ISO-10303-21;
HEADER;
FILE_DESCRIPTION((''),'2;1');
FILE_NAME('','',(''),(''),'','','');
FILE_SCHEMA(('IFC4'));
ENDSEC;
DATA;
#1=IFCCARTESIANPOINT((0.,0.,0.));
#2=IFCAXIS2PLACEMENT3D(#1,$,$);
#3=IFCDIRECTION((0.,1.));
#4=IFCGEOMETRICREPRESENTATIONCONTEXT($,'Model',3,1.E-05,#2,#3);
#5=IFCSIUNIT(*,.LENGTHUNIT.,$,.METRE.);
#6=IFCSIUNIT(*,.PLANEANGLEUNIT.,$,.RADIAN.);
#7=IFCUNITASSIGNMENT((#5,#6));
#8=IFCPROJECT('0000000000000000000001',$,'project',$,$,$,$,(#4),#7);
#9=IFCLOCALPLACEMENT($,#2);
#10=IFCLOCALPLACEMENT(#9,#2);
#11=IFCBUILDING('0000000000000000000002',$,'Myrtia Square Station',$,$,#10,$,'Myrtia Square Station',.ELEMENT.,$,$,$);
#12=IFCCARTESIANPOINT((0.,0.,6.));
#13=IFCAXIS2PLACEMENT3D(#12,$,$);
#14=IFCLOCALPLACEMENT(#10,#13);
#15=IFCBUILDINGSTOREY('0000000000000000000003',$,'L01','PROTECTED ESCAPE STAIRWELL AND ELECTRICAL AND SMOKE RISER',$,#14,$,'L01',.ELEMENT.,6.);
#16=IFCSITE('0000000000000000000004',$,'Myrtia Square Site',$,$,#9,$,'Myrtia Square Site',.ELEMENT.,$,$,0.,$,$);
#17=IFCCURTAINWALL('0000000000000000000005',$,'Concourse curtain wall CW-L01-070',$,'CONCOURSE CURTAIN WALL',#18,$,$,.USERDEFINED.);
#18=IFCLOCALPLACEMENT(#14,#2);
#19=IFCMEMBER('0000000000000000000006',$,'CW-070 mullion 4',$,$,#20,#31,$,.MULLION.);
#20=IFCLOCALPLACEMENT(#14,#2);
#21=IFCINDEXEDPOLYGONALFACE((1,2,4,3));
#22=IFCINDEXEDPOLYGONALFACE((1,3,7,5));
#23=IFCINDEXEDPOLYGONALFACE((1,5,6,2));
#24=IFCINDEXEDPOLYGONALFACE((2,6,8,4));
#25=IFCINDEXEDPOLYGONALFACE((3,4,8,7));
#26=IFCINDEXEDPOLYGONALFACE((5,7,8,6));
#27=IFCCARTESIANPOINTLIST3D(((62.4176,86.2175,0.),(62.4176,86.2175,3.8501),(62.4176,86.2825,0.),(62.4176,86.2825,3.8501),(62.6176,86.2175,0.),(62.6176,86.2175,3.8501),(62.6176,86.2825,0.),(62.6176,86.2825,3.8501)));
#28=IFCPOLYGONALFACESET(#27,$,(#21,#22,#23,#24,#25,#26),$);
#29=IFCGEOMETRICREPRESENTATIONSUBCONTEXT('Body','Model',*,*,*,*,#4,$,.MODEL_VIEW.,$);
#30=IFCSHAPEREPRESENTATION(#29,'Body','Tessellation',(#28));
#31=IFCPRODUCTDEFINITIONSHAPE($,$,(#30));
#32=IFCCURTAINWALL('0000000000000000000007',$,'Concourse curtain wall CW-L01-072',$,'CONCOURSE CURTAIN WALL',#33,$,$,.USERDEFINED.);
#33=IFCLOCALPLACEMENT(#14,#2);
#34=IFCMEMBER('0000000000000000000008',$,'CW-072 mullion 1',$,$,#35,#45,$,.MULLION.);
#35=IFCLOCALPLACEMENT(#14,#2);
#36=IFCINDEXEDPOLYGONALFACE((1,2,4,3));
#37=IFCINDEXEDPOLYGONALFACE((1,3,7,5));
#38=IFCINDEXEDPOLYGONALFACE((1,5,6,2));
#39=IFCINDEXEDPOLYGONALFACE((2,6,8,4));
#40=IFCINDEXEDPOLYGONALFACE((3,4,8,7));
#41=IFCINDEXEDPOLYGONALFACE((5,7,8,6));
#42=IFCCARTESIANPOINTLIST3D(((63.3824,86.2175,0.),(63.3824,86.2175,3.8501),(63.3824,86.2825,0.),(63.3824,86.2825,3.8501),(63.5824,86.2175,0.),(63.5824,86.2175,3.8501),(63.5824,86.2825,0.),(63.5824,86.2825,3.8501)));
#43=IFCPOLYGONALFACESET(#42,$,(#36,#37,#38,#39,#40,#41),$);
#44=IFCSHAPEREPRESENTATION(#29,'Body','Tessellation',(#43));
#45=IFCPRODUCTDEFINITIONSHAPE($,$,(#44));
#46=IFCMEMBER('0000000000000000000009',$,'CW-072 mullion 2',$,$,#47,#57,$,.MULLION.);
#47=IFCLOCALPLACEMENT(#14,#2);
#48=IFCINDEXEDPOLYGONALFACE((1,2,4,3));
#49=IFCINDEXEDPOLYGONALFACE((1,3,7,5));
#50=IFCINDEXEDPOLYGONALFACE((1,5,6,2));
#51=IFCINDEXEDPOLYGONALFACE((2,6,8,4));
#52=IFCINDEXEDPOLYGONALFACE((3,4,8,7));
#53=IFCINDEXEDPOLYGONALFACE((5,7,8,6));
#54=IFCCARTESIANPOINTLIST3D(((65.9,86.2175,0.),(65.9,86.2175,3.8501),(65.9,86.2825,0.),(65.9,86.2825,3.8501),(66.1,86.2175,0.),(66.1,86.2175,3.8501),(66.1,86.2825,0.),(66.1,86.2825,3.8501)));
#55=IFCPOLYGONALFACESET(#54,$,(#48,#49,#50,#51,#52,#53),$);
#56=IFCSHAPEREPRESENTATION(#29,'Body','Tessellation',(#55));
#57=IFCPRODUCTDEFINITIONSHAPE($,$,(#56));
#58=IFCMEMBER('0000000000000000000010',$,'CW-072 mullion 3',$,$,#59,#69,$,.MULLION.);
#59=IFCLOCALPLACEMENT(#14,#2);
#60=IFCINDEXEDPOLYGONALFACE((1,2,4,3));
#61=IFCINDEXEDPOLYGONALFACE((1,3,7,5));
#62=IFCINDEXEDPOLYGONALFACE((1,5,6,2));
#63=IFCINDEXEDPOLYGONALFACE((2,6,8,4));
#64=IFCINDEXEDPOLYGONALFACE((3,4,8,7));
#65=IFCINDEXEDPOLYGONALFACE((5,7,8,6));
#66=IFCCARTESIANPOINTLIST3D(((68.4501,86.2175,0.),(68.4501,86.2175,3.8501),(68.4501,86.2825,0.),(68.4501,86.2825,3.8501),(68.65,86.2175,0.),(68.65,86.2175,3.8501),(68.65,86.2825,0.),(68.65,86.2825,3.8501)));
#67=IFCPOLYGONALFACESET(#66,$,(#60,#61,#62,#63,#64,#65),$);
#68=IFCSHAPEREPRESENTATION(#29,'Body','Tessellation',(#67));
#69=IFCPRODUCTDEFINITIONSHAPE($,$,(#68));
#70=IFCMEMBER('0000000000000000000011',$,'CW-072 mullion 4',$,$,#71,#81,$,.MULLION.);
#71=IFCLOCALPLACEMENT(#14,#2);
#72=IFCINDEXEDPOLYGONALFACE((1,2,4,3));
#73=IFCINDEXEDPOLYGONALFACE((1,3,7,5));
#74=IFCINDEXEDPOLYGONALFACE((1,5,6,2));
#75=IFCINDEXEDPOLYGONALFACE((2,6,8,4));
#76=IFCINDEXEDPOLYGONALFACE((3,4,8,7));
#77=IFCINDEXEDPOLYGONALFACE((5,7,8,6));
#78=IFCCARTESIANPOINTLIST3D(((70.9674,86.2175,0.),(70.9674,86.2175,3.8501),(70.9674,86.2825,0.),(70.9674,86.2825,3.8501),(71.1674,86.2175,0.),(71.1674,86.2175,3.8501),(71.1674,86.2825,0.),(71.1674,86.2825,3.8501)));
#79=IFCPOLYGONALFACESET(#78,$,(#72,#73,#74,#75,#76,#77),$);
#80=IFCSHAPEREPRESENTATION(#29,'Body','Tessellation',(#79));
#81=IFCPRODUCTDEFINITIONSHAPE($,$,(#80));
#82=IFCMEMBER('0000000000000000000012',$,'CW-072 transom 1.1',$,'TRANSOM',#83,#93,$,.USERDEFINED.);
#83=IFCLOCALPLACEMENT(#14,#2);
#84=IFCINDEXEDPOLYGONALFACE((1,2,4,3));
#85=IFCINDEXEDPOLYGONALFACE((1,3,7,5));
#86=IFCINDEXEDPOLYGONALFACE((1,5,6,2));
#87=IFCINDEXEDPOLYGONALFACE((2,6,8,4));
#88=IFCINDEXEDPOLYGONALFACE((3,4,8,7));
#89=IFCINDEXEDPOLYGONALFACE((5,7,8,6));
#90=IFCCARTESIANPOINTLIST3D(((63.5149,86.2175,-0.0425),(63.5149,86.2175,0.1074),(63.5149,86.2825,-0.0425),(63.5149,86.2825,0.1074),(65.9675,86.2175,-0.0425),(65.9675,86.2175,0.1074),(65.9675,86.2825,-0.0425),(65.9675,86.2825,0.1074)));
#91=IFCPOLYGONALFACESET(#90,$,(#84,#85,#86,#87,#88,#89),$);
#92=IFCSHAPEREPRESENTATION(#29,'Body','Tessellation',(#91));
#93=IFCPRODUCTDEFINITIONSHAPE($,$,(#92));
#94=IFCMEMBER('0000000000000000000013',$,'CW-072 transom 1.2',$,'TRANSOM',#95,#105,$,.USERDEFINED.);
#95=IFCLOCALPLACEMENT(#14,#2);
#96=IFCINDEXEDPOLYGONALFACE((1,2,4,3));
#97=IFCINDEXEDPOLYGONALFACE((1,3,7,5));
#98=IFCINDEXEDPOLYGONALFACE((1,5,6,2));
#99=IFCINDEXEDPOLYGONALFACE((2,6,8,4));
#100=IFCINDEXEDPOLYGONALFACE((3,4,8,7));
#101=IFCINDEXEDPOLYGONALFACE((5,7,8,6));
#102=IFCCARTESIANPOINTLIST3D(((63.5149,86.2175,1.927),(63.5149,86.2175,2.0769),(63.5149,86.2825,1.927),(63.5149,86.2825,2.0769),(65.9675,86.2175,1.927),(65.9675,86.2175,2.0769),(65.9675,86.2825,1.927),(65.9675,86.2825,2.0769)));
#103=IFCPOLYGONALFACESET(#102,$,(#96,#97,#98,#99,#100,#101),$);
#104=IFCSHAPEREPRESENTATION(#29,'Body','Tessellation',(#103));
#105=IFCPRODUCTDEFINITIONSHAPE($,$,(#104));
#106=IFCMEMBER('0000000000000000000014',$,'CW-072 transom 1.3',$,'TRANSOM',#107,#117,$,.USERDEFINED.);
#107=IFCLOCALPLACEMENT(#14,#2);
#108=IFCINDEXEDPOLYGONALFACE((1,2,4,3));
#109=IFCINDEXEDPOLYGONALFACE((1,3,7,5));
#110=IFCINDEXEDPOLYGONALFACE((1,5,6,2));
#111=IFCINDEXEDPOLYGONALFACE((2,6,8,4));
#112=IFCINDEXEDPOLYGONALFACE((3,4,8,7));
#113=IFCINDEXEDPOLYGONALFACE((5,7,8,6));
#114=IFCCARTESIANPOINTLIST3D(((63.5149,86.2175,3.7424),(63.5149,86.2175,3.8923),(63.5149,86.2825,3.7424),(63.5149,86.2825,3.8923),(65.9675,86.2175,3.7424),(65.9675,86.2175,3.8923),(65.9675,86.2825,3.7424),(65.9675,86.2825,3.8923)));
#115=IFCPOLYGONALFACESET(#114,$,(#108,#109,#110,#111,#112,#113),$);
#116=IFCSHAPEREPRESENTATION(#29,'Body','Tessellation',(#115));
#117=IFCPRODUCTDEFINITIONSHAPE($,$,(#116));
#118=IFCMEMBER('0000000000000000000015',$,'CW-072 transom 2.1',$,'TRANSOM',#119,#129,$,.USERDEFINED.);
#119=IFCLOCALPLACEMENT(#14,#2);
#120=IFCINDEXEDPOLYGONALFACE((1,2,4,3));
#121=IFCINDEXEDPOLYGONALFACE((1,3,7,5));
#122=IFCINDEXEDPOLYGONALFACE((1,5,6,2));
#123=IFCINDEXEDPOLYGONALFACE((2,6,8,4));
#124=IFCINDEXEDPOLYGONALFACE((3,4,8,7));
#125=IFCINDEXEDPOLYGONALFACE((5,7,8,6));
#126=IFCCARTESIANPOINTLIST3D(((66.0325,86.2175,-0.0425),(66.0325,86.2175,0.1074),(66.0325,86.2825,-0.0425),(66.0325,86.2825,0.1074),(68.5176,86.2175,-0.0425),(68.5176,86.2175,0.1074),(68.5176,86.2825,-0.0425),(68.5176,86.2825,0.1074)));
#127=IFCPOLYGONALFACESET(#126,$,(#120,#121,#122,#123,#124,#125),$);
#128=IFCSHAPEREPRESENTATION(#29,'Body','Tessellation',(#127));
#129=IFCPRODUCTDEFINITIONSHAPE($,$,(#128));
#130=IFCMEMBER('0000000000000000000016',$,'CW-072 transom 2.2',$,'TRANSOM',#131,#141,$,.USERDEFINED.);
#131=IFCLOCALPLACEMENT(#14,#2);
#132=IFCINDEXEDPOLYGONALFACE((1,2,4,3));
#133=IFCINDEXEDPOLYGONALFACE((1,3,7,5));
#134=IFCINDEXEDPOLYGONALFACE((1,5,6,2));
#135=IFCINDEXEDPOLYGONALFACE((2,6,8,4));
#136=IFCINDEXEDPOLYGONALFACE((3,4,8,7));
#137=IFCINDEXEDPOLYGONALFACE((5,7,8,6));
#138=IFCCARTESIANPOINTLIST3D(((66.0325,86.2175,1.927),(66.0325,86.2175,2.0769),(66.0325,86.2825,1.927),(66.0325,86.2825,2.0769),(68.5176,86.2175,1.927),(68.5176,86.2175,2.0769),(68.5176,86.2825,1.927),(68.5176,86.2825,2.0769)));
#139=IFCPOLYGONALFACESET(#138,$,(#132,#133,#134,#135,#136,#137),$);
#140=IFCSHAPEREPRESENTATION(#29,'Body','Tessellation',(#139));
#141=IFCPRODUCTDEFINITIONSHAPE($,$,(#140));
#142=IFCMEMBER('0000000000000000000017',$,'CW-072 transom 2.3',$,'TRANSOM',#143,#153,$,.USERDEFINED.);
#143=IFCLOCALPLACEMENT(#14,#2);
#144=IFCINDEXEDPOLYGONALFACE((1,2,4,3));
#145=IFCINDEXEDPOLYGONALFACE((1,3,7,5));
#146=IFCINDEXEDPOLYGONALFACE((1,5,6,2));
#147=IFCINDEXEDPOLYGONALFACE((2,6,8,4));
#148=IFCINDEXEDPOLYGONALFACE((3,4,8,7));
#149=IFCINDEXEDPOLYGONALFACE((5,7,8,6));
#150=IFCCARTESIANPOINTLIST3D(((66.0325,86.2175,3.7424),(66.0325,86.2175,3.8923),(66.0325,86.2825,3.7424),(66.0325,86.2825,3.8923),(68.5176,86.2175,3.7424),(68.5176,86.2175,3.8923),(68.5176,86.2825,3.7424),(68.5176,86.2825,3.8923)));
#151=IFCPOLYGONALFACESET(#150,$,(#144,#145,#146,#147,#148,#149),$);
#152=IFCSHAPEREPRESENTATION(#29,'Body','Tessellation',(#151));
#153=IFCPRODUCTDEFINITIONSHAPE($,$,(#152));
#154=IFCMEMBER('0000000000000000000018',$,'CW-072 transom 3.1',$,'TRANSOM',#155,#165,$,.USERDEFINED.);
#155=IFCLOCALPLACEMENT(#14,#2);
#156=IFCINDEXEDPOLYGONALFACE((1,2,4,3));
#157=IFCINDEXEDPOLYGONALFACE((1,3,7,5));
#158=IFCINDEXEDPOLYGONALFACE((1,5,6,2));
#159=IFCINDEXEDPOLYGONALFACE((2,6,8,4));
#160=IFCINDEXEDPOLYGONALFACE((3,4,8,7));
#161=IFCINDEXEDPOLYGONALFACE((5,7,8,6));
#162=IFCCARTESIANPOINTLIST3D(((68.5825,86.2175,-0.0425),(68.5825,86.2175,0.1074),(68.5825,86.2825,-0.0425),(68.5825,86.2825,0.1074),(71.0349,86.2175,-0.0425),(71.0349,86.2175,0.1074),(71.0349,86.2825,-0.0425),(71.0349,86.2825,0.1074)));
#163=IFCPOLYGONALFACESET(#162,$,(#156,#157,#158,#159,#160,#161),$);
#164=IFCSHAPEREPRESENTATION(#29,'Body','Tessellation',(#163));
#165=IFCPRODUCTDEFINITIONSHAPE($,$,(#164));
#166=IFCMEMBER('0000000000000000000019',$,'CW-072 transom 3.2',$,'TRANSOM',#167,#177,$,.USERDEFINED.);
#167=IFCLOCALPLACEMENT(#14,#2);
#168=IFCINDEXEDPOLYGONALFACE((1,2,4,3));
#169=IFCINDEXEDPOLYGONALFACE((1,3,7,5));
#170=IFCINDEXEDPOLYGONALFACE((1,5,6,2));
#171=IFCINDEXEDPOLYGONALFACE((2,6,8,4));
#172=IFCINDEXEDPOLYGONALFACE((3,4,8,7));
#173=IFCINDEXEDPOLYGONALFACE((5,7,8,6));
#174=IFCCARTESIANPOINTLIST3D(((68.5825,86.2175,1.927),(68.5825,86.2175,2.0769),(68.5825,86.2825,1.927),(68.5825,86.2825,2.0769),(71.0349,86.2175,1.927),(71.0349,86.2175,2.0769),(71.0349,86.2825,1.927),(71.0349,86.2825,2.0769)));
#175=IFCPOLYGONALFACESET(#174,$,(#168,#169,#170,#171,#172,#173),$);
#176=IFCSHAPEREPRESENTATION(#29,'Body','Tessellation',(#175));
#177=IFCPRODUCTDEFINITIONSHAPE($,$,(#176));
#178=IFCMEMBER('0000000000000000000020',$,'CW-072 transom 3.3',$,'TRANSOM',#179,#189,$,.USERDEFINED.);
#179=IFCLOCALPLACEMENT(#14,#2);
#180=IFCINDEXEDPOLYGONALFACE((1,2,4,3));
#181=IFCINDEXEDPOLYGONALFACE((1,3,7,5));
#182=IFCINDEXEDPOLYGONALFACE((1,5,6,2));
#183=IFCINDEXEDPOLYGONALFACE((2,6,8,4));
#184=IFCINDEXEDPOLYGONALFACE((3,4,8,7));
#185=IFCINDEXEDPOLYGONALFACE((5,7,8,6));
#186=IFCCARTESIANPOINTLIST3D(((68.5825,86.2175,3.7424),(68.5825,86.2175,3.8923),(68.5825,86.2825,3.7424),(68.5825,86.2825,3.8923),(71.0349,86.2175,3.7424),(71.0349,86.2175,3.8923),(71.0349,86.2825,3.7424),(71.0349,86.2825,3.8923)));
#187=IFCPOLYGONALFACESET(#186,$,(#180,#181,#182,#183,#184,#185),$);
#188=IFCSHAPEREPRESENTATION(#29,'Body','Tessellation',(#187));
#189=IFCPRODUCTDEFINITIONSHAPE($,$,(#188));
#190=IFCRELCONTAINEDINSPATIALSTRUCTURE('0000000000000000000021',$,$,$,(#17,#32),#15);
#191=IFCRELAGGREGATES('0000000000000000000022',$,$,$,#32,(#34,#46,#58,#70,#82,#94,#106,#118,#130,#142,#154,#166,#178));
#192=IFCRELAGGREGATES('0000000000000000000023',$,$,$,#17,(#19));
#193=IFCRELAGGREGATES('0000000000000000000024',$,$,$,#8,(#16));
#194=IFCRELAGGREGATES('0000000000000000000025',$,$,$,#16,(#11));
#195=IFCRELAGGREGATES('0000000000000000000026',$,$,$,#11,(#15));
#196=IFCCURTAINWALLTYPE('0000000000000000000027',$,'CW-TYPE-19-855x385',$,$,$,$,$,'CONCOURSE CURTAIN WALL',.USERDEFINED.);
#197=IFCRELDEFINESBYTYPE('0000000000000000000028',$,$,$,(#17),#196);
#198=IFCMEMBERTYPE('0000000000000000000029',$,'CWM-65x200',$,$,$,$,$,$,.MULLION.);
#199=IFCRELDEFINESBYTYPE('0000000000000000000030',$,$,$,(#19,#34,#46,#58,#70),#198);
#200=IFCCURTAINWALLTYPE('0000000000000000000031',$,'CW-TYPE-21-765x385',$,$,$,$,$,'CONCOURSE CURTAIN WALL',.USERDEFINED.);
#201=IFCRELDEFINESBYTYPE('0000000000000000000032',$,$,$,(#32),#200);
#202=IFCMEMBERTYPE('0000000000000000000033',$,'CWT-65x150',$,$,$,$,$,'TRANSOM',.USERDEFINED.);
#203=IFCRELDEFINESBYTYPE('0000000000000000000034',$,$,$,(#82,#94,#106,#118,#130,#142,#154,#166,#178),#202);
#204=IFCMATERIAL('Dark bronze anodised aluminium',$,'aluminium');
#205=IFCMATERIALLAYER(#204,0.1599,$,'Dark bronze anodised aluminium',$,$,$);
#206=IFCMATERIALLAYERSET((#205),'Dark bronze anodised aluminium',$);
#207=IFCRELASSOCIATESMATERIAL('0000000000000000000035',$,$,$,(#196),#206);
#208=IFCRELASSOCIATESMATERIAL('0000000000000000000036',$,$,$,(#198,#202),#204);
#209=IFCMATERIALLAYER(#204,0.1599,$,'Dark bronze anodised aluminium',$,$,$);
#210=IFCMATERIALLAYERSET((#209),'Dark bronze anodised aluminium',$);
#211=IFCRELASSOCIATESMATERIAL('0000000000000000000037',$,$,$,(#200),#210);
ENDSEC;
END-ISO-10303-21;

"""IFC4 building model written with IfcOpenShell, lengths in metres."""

from ifc_helpers import new_model, si_unit, direction, frame, origin, origin_2d, place, context, subcontext, project, spatial, rectangle, extrude, material, layer, layer_set, material_profile, profile_set, type_object, element, aggregate, save


model = new_model("IFC4")

# Units and contexts
model_context = context("Model", 3, precision=1e-05, world=origin(), true_north=direction((0.0, 1.0)))
body_context = subcontext(model_context, "Body", "Model", "MODEL_VIEW")
ifc_project = project(units=[si_unit("LENGTHUNIT", "METRE"), si_unit("PLANEANGLEUNIT", "RADIAN")], contexts=[model_context])

# Site, building, storey
site_placement = place(None, origin())
site = spatial("IfcSite", under=ifc_project, at=site_placement, Name="Myrtia Square Site", LongName="Myrtia Square Site", CompositionType="ELEMENT", RefElevation=0.0)
building_placement = place(site_placement, origin())
building = spatial("IfcBuilding", under=site, at=building_placement, Name="Myrtia Square Station", LongName="Myrtia Square Station", CompositionType="ELEMENT")
storey_placement = place(building_placement, frame((0.0, 0.0, 6.0)))
storey = spatial("IfcBuildingStorey", under=building, at=storey_placement, Name="L01", Description="PROTECTED ESCAPE STAIRWELL AND ELECTRICAL AND SMOKE RISER", LongName="L01", CompositionType="ELEMENT", Elevation=6.0)

# Curtain wall, member
ifc_material_1 = material(Name="Dark bronze anodised aluminium", Category="aluminium")
ifc_layer_1 = layer(ifc_material_1, 0.1599, Name="Dark bronze anodised aluminium")
ifc_layer_set_1 = layer_set([ifc_layer_1], Name="Dark bronze anodised aluminium")
curtain_wall_type_1 = type_object("IfcCurtainWallType", Name="CW-TYPE-19-855x385", ElementType="CONCOURSE CURTAIN WALL", PredefinedType="USERDEFINED", material=ifc_layer_set_1)
curtain_wall_1_placement = place(storey_placement, origin())
curtain_wall_1 = element("IfcCurtainWall", 1, at=curtain_wall_1_placement, inside=storey, type_object=curtain_wall_type_1, Name="Concourse curtain wall CW-L01-070", ObjectType="CONCOURSE CURTAIN WALL", PredefinedType="USERDEFINED")
ifc_material_profile_1 = material_profile(ifc_material_1, rectangle(XDim=0.0649, YDim=0.2, at=origin_2d()), Name="ALU-M 65x200")
ifc_profile_set_1 = profile_set([ifc_material_profile_1], Name="Dark bronze anodised aluminium")
member_type_1 = type_object("IfcMemberType", Name="CWM-65x200", PredefinedType="MULLION", material=ifc_profile_set_1)
member_1_placement = place(storey_placement, frame((62.5176, 86.25, 0.0), z_axis=(0.0, 0.0, 1.0), x_axis=(0.0, 1.0, 0.0)))
member_1 = element("IfcMember", 2, at=member_1_placement, type_object=member_type_1, Name="CW-070 mullion 4", PredefinedType="MULLION", context=body_context, shape_type="SweptSolid", body=[
    extrude(rectangle(XDim=0.0649, YDim=0.2, at=origin_2d()), origin(), (0.0, 0.0, 1.0), 3.8501),
])

# Curtain wall, members
ifc_layer_2 = layer(ifc_material_1, 0.1599, Name="Dark bronze anodised aluminium")
ifc_layer_set_2 = layer_set([ifc_layer_2], Name="Dark bronze anodised aluminium")
curtain_wall_type_2 = type_object("IfcCurtainWallType", Name="CW-TYPE-21-765x385", ElementType="CONCOURSE CURTAIN WALL", PredefinedType="USERDEFINED", material=ifc_layer_set_2)
curtain_wall_2_placement = place(storey_placement, origin())
curtain_wall_2 = element("IfcCurtainWall", 3, at=curtain_wall_2_placement, inside=storey, type_object=curtain_wall_type_2, Name="Concourse curtain wall CW-L01-072", ObjectType="CONCOURSE CURTAIN WALL", PredefinedType="USERDEFINED")
member_2_placement = place(storey_placement, frame((63.4824, 86.25, 0.0), z_axis=(0.0, 0.0, 1.0), x_axis=(0.0, 1.0, 0.0)))
member_2 = element("IfcMember", 4, at=member_2_placement, type_object=member_type_1, Name="CW-072 mullion 1", PredefinedType="MULLION", context=body_context, shape_type="SweptSolid", body=[
    extrude(rectangle(XDim=0.0649, YDim=0.2, at=origin_2d()), origin(), (0.0, 0.0, 1.0), 3.8501),
])
member_3_placement = place(storey_placement, frame((66.0, 86.25, 0.0), z_axis=(0.0, 0.0, 1.0), x_axis=(0.0, 1.0, 0.0)))
member_3 = element("IfcMember", 5, at=member_3_placement, type_object=member_type_1, Name="CW-072 mullion 2", PredefinedType="MULLION", context=body_context, shape_type="SweptSolid", body=[
    extrude(rectangle(XDim=0.0649, YDim=0.2, at=origin_2d()), origin(), (0.0, 0.0, 1.0), 3.8501),
])
member_4_placement = place(storey_placement, frame((68.55, 86.25, 0.0), z_axis=(0.0, 0.0, 1.0), x_axis=(0.0, 1.0, 0.0)))
member_4 = element("IfcMember", 6, at=member_4_placement, type_object=member_type_1, Name="CW-072 mullion 3", PredefinedType="MULLION", context=body_context, shape_type="SweptSolid", body=[
    extrude(rectangle(XDim=0.0649, YDim=0.2, at=origin_2d()), origin(), (0.0, 0.0, 1.0), 3.8501),
])
member_5_placement = place(storey_placement, frame((71.0674, 86.25, 0.0), z_axis=(0.0, 0.0, 1.0), x_axis=(0.0, 1.0, 0.0)))
member_5 = element("IfcMember", 7, at=member_5_placement, type_object=member_type_1, Name="CW-072 mullion 4", PredefinedType="MULLION", context=body_context, shape_type="SweptSolid", body=[
    extrude(rectangle(XDim=0.0649, YDim=0.2, at=origin_2d()), origin(), (0.0, 0.0, 1.0), 3.8501),
])
ifc_material_profile_2 = material_profile(ifc_material_1, rectangle(XDim=0.0649, YDim=0.1499, at=origin_2d()), Name="ALU-T 65x150")
ifc_profile_set_2 = profile_set([ifc_material_profile_2], Name="Dark bronze anodised aluminium")
member_type_2 = type_object("IfcMemberType", Name="CWT-65x150", ElementType="TRANSOM", PredefinedType="USERDEFINED", material=ifc_profile_set_2)
member_6_placement = place(storey_placement, frame((63.5149, 86.25, 0.0325), z_axis=(1.0, 0.0, 0.0), x_axis=(0.0, 1.0, 0.0)))
member_6 = element("IfcMember", 8, at=member_6_placement, type_object=member_type_2, Name="CW-072 transom 1.1", ObjectType="TRANSOM", PredefinedType="USERDEFINED", context=body_context, shape_type="SweptSolid", body=[
    extrude(rectangle(XDim=0.0649, YDim=0.1499, at=origin_2d()), origin(), (0.0, 0.0, 1.0), 2.4526),
])
member_7_placement = place(storey_placement, frame((63.5149, 86.25, 2.002), z_axis=(1.0, 0.0, 0.0), x_axis=(0.0, 1.0, 0.0)))
member_7 = element("IfcMember", 9, at=member_7_placement, type_object=member_type_2, Name="CW-072 transom 1.2", ObjectType="TRANSOM", PredefinedType="USERDEFINED", context=body_context, shape_type="SweptSolid", body=[
    extrude(rectangle(XDim=0.0649, YDim=0.1499, at=origin_2d()), origin(), (0.0, 0.0, 1.0), 2.4526),
])
member_8_placement = place(storey_placement, frame((63.5149, 86.25, 3.8174), z_axis=(1.0, 0.0, 0.0), x_axis=(0.0, 1.0, 0.0)))
member_8 = element("IfcMember", 10, at=member_8_placement, type_object=member_type_2, Name="CW-072 transom 1.3", ObjectType="TRANSOM", PredefinedType="USERDEFINED", context=body_context, shape_type="SweptSolid", body=[
    extrude(rectangle(XDim=0.0649, YDim=0.1499, at=origin_2d()), origin(), (0.0, 0.0, 1.0), 2.4526),
])
member_9_placement = place(storey_placement, frame((66.0325, 86.25, 0.0325), z_axis=(1.0, 0.0, 0.0), x_axis=(0.0, 1.0, 0.0)))
member_9 = element("IfcMember", 11, at=member_9_placement, type_object=member_type_2, Name="CW-072 transom 2.1", ObjectType="TRANSOM", PredefinedType="USERDEFINED", context=body_context, shape_type="SweptSolid", body=[
    extrude(rectangle(XDim=0.0649, YDim=0.1499, at=origin_2d()), origin(), (0.0, 0.0, 1.0), 2.4851),
])
member_10_placement = place(storey_placement, frame((66.0325, 86.25, 2.002), z_axis=(1.0, 0.0, 0.0), x_axis=(0.0, 1.0, 0.0)))
member_10 = element("IfcMember", 12, at=member_10_placement, type_object=member_type_2, Name="CW-072 transom 2.2", ObjectType="TRANSOM", PredefinedType="USERDEFINED", context=body_context, shape_type="SweptSolid", body=[
    extrude(rectangle(XDim=0.0649, YDim=0.1499, at=origin_2d()), origin(), (0.0, 0.0, 1.0), 2.4851),
])
member_11_placement = place(storey_placement, frame((66.0325, 86.25, 3.8174), z_axis=(1.0, 0.0, 0.0), x_axis=(0.0, 1.0, 0.0)))
member_11 = element("IfcMember", 13, at=member_11_placement, type_object=member_type_2, Name="CW-072 transom 2.3", ObjectType="TRANSOM", PredefinedType="USERDEFINED", context=body_context, shape_type="SweptSolid", body=[
    extrude(rectangle(XDim=0.0649, YDim=0.1499, at=origin_2d()), origin(), (0.0, 0.0, 1.0), 2.4851),
])
member_12_placement = place(storey_placement, frame((68.5825, 86.25, 0.0325), z_axis=(1.0, 0.0, 0.0), x_axis=(0.0, 1.0, 0.0)))
member_12 = element("IfcMember", 14, at=member_12_placement, type_object=member_type_2, Name="CW-072 transom 3.1", ObjectType="TRANSOM", PredefinedType="USERDEFINED", context=body_context, shape_type="SweptSolid", body=[
    extrude(rectangle(XDim=0.0649, YDim=0.1499, at=origin_2d()), origin(), (0.0, 0.0, 1.0), 2.4524),
])
member_13_placement = place(storey_placement, frame((68.5825, 86.25, 2.002), z_axis=(1.0, 0.0, 0.0), x_axis=(0.0, 1.0, 0.0)))
member_13 = element("IfcMember", 15, at=member_13_placement, type_object=member_type_2, Name="CW-072 transom 3.2", ObjectType="TRANSOM", PredefinedType="USERDEFINED", context=body_context, shape_type="SweptSolid", body=[
    extrude(rectangle(XDim=0.0649, YDim=0.1499, at=origin_2d()), origin(), (0.0, 0.0, 1.0), 2.4524),
])
member_14_placement = place(storey_placement, frame((68.5825, 86.25, 3.8174), z_axis=(1.0, 0.0, 0.0), x_axis=(0.0, 1.0, 0.0)))
member_14 = element("IfcMember", 16, at=member_14_placement, type_object=member_type_2, Name="CW-072 transom 3.3", ObjectType="TRANSOM", PredefinedType="USERDEFINED", context=body_context, shape_type="SweptSolid", body=[
    extrude(rectangle(XDim=0.0649, YDim=0.1499, at=origin_2d()), origin(), (0.0, 0.0, 1.0), 2.4524),
])
aggregate(curtain_wall_2, [member_2, member_3, member_4, member_5, member_6, member_7, member_8, member_9, member_10, member_11, member_12, member_13, member_14])

aggregate(curtain_wall_1, [member_1])

save(model, "model.ifc")
